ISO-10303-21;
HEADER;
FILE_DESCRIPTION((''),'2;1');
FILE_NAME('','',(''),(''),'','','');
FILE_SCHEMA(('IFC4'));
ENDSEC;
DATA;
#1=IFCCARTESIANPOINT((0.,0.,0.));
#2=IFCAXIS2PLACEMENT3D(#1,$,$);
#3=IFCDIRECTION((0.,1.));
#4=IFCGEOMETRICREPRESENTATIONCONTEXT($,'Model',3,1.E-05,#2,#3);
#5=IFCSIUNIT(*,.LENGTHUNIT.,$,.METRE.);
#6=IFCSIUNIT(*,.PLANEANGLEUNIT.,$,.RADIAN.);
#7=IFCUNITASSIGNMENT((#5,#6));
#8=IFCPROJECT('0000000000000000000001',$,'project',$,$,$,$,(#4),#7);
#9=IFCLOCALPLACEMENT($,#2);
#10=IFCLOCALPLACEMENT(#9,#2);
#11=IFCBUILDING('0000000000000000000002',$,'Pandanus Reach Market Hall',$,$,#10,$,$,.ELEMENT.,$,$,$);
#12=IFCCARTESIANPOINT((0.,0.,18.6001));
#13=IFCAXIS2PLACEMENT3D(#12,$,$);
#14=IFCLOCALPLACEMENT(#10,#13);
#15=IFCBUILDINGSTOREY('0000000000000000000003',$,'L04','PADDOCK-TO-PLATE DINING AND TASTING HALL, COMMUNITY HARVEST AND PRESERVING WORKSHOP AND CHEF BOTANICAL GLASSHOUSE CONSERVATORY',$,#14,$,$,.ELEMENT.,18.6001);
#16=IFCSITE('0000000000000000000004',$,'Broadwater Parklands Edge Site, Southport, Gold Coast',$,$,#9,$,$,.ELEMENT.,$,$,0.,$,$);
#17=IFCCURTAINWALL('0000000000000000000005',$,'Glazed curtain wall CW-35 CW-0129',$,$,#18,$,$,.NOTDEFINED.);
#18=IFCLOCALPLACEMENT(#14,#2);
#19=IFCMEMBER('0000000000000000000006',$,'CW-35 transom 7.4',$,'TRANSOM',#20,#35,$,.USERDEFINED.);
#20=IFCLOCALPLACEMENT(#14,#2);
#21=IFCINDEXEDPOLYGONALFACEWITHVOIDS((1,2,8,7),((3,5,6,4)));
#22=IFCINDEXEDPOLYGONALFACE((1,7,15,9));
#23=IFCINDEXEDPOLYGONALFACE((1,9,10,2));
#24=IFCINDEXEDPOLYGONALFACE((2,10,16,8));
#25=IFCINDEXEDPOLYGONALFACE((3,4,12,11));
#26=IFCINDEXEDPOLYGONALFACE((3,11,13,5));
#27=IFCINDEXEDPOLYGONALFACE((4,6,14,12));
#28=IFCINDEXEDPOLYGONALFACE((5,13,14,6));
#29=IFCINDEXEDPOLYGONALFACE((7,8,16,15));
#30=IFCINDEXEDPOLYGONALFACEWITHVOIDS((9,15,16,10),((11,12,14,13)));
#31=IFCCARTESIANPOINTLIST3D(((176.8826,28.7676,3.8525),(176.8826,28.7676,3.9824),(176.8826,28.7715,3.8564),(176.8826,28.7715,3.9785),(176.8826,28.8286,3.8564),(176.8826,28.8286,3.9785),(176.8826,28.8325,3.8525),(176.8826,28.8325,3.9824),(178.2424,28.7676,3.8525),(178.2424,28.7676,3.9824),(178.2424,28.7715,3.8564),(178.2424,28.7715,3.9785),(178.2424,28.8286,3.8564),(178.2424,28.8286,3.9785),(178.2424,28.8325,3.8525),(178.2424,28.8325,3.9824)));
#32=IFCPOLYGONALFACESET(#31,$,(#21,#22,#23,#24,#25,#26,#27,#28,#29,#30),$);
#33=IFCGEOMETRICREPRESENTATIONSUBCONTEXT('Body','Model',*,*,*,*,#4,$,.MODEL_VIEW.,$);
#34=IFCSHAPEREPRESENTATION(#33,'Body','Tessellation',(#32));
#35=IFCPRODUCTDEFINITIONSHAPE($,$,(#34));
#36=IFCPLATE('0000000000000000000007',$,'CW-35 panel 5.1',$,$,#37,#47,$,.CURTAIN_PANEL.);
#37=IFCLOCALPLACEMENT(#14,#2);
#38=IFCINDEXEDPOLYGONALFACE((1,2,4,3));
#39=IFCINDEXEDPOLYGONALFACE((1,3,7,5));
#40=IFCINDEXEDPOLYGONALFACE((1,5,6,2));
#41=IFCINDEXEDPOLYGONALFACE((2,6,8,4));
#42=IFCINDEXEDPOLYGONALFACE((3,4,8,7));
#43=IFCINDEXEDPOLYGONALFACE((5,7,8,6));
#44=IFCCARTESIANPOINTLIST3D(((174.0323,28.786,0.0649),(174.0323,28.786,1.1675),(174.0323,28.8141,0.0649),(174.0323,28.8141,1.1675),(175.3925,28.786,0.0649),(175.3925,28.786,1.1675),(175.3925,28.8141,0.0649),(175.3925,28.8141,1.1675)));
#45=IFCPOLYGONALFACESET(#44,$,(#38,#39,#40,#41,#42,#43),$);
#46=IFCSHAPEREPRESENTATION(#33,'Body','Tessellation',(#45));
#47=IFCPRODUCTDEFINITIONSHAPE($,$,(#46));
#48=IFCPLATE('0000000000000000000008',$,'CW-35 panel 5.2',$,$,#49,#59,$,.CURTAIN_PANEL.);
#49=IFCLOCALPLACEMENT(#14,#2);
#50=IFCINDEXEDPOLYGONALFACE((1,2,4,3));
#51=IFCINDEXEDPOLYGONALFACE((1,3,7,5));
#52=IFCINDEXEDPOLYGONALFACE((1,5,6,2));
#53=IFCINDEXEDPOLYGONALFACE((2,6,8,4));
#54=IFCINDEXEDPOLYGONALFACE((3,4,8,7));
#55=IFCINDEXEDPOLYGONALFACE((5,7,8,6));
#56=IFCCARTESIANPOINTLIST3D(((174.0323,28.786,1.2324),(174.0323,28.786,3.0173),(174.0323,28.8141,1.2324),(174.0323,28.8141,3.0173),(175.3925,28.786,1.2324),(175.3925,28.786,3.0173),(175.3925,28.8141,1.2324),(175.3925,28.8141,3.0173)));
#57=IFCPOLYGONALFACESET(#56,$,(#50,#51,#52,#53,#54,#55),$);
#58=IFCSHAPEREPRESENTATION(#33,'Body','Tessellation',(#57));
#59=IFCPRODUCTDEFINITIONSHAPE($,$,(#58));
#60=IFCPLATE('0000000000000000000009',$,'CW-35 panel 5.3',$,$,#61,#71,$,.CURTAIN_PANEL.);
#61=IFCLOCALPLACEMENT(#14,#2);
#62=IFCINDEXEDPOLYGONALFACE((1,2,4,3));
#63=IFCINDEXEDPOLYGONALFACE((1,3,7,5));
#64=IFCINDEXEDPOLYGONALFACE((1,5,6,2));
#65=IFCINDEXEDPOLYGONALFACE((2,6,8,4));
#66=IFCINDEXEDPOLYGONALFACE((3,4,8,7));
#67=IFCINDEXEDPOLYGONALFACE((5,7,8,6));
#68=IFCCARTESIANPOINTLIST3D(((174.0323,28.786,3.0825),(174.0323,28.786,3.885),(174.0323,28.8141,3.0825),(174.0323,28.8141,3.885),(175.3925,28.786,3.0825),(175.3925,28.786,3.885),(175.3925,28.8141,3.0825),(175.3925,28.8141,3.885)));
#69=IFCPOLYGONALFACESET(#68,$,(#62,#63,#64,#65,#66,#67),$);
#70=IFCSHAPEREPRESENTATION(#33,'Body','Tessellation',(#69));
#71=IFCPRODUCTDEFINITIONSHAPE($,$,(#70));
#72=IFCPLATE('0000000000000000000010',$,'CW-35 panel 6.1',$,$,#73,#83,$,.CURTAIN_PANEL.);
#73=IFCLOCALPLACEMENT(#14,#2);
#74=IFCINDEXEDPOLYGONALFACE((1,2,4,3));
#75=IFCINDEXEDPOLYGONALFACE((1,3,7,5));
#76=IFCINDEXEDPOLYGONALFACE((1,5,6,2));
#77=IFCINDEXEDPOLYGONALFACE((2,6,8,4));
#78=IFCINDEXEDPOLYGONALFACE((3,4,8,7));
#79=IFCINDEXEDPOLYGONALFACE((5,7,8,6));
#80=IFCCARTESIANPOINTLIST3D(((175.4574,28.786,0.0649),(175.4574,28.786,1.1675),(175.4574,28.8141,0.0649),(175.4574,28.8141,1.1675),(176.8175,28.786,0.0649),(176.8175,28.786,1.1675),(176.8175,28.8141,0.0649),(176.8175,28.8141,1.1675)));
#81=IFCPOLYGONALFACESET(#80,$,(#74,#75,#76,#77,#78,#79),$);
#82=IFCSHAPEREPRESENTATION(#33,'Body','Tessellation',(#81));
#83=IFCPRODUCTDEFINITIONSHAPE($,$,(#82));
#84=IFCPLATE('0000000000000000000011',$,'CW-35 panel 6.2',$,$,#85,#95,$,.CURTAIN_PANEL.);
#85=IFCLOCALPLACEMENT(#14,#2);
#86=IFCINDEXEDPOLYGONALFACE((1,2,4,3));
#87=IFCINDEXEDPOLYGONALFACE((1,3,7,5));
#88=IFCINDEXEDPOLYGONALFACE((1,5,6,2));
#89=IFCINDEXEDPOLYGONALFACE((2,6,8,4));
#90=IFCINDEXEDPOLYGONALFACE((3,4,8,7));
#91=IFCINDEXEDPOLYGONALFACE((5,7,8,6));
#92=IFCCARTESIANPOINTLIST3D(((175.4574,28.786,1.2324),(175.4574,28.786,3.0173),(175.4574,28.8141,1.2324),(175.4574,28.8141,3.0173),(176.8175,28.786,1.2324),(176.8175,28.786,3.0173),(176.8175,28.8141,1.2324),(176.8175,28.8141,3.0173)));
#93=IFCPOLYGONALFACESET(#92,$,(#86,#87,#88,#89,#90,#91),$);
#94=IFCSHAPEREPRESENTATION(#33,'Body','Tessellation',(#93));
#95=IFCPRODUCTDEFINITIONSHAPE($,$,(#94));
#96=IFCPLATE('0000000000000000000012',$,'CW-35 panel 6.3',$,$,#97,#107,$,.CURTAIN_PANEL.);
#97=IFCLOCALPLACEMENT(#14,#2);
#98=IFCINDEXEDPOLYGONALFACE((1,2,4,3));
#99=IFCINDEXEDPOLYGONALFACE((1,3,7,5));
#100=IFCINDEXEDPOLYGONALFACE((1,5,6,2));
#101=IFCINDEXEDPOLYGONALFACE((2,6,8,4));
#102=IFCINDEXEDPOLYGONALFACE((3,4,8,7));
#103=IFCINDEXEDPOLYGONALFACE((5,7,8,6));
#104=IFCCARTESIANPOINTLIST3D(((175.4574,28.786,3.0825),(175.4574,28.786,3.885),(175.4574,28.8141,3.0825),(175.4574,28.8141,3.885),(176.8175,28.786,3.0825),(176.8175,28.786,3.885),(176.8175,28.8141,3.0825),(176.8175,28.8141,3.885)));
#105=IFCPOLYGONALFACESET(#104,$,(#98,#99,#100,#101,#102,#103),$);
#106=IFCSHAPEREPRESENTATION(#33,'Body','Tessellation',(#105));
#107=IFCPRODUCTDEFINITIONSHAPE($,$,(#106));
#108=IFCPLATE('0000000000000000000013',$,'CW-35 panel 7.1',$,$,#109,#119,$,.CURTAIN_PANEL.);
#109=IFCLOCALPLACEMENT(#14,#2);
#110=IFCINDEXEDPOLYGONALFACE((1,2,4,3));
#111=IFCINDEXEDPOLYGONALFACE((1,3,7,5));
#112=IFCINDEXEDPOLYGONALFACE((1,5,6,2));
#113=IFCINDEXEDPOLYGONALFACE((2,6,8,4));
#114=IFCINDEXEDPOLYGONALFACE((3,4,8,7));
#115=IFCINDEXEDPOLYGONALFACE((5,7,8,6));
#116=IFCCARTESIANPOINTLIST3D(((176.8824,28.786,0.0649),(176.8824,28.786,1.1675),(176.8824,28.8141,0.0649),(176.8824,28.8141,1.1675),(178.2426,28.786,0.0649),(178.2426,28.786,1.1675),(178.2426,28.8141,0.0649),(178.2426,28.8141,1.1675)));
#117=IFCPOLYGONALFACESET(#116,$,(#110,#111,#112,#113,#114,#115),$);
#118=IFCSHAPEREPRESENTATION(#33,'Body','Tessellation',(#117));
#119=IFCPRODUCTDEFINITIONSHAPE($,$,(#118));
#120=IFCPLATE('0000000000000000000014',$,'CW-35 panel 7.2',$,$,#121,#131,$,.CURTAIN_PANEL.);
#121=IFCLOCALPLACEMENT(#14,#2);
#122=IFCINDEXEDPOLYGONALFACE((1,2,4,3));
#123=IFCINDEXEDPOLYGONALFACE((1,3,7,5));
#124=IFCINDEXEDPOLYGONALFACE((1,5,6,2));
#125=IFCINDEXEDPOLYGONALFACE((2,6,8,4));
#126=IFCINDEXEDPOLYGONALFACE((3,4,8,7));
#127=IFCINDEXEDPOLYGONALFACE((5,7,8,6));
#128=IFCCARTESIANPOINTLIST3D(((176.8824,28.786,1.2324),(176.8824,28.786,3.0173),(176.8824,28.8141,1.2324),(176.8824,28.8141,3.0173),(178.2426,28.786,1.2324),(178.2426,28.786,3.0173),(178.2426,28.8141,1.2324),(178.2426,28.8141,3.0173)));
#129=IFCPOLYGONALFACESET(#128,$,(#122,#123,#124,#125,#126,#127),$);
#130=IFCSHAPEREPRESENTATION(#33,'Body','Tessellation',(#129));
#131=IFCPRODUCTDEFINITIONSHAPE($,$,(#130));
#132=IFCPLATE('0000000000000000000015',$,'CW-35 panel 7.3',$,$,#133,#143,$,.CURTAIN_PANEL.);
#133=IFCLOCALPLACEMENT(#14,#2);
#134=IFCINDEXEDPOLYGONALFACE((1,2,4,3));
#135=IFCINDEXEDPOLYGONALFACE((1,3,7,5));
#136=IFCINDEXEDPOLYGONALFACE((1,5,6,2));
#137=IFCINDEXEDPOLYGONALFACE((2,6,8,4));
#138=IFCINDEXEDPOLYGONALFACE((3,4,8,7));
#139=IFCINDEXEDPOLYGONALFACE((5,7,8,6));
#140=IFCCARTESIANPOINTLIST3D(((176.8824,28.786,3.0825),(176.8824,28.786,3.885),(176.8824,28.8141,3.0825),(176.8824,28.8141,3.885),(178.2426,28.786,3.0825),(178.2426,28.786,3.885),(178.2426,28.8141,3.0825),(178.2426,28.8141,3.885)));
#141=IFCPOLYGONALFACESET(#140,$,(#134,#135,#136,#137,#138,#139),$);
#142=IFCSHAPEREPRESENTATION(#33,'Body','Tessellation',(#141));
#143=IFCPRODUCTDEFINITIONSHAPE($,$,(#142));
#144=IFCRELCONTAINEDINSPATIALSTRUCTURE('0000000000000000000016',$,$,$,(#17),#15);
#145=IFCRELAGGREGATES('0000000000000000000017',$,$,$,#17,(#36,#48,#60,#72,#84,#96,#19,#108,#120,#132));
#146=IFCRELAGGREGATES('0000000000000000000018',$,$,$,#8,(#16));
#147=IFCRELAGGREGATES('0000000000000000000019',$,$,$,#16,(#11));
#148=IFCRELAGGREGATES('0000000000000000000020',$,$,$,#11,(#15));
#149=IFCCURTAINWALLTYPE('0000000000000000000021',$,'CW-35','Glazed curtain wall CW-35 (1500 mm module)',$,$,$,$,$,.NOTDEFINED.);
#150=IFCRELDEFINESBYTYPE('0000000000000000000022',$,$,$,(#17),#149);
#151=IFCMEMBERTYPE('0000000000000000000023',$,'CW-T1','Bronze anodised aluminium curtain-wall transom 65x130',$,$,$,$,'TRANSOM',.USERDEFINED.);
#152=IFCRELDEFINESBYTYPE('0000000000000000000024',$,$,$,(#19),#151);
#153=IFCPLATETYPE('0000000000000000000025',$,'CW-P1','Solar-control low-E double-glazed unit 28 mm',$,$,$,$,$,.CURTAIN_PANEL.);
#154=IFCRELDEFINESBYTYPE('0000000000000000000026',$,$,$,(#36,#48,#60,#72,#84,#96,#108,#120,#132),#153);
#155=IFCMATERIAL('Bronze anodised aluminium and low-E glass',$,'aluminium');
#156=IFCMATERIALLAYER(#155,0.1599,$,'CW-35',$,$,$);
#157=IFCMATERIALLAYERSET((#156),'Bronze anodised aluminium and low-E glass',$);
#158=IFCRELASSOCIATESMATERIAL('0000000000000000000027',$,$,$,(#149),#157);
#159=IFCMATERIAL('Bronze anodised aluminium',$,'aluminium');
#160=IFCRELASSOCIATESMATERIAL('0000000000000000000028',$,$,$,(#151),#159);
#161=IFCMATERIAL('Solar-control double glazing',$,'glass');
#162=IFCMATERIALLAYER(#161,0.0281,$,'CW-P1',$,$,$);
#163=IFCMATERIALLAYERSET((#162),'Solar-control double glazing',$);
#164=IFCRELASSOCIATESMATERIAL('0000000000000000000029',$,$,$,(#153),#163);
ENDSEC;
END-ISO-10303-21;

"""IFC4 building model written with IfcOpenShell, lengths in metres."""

from ifc_helpers import new_model, si_unit, direction, frame, origin, origin_2d, place, context, subcontext, project, spatial, rectangle, hollow_rectangle, extrude, material, layer, layer_set, material_profile, profile_set, type_object, element, aggregate, save


model = new_model("IFC4")

# Units and contexts
model_context = context("Model", 3, precision=1e-05, world=origin(), true_north=direction((0.0, 1.0)))
body_context = subcontext(model_context, "Body", "Model", "MODEL_VIEW")
ifc_project = project(units=[si_unit("LENGTHUNIT", "METRE"), si_unit("PLANEANGLEUNIT", "RADIAN")], contexts=[model_context])

# Site, building, storey
site_placement = place(None, origin())
site = spatial("IfcSite", under=ifc_project, at=site_placement, Name="Broadwater Parklands Edge Site, Southport, Gold Coast", CompositionType="ELEMENT", RefElevation=0.0)
building_placement = place(site_placement, origin())
building = spatial("IfcBuilding", under=site, at=building_placement, Name="Pandanus Reach Market Hall", CompositionType="ELEMENT")
storey_placement = place(building_placement, frame((0.0, 0.0, 18.6001)))
storey = spatial("IfcBuildingStorey", under=building, at=storey_placement, Name="L04", Description="PADDOCK-TO-PLATE DINING AND TASTING HALL, COMMUNITY HARVEST AND PRESERVING WORKSHOP AND CHEF BOTANICAL GLASSHOUSE CONSERVATORY", CompositionType="ELEMENT", Elevation=18.6001)

# Curtain wall, member, plates
ifc_material_1 = material(Name="Bronze anodised aluminium and low-E glass", Category="aluminium")
ifc_layer_1 = layer(ifc_material_1, 0.1599, Name="CW-35")
ifc_layer_set_1 = layer_set([ifc_layer_1], Name="Bronze anodised aluminium and low-E glass")
curtain_wall_type = type_object("IfcCurtainWallType", Name="CW-35", Description="Glazed curtain wall CW-35 (1500 mm module)", PredefinedType="NOTDEFINED", material=ifc_layer_set_1)
curtain_wall_placement = place(storey_placement, origin())
curtain_wall = element("IfcCurtainWall", 1, at=curtain_wall_placement, inside=storey, type_object=curtain_wall_type, Name="Glazed curtain wall CW-35 CW-0129", PredefinedType="NOTDEFINED")
ifc_material_2 = material(Name="Bronze anodised aluminium", Category="aluminium")
ifc_material_profile_1 = material_profile(ifc_material_2, hollow_rectangle(XDim=0.0649, YDim=0.1299, WallThickness=0.0039, at=origin_2d()), Name="ALU65x130", Category="LoadBearing")
ifc_profile_set_1 = profile_set([ifc_material_profile_1], Name="Bronze anodised aluminium")
member_type_1 = type_object("IfcMemberType", Name="CW-T1", Description="Bronze anodised aluminium curtain-wall transom 65x130", ElementType="TRANSOM", PredefinedType="USERDEFINED", material=ifc_profile_set_1)
member_1_placement = place(storey_placement, frame((176.8826, 28.8, 3.9175), z_axis=(1.0, 0.0, 0.0), x_axis=(0.0, 1.0, 0.0)))
member_1 = element("IfcMember", 2, at=member_1_placement, type_object=member_type_1, Name="CW-35 transom 7.4", ObjectType="TRANSOM", PredefinedType="USERDEFINED", context=body_context, shape_type="SweptSolid", body=[
    extrude(hollow_rectangle(XDim=0.0649, YDim=0.1299, WallThickness=0.0039, at=origin_2d()), origin(), (0.0, 0.0, 1.0), 1.3599),
])
ifc_material_3 = material(Name="Solar-control double glazing", Category="glass")
ifc_layer_2 = layer(ifc_material_3, 0.0281, Name="CW-P1")
ifc_layer_set_2 = layer_set([ifc_layer_2], Name="Solar-control double glazing")
plate_type = type_object("IfcPlateType", Name="CW-P1", Description="Solar-control low-E double-glazed unit 28 mm", PredefinedType="CURTAIN_PANEL", material=ifc_layer_set_2)
plate_1_placement = place(storey_placement, frame((174.7124, 28.8, 0.0649), z_axis=(0.0, 0.0, 1.0), x_axis=(1.0, 0.0, 0.0)))
plate_1 = element("IfcPlate", 3, at=plate_1_placement, type_object=plate_type, Name="CW-35 panel 5.1", PredefinedType="CURTAIN_PANEL", context=body_context, shape_type="SweptSolid", body=[
    extrude(rectangle(XDim=1.3601, YDim=0.0281, at=origin_2d()), origin(), (0.0, 0.0, 1.0), 1.1025),
])
plate_2_placement = place(storey_placement, frame((174.7124, 28.8, 1.2324), z_axis=(0.0, 0.0, 1.0), x_axis=(1.0, 0.0, 0.0)))
plate_2 = element("IfcPlate", 4, at=plate_2_placement, type_object=plate_type, Name="CW-35 panel 5.2", PredefinedType="CURTAIN_PANEL", context=body_context, shape_type="SweptSolid", body=[
    extrude(rectangle(XDim=1.3601, YDim=0.0281, at=origin_2d()), origin(), (0.0, 0.0, 1.0), 1.7849),
])
plate_3_placement = place(storey_placement, frame((174.7124, 28.8, 3.0825), z_axis=(0.0, 0.0, 1.0), x_axis=(1.0, 0.0, 0.0)))
plate_3 = element("IfcPlate", 5, at=plate_3_placement, type_object=plate_type, Name="CW-35 panel 5.3", PredefinedType="CURTAIN_PANEL", context=body_context, shape_type="SweptSolid", body=[
    extrude(rectangle(XDim=1.3601, YDim=0.0281, at=origin_2d()), origin(), (0.0, 0.0, 1.0), 0.8025),
])
plate_4_placement = place(storey_placement, frame((176.1375, 28.8, 0.0649), z_axis=(0.0, 0.0, 1.0), x_axis=(1.0, 0.0, 0.0)))
plate_4 = element("IfcPlate", 6, at=plate_4_placement, type_object=plate_type, Name="CW-35 panel 6.1", PredefinedType="CURTAIN_PANEL", context=body_context, shape_type="SweptSolid", body=[
    extrude(rectangle(XDim=1.3601, YDim=0.0281, at=origin_2d()), origin(), (0.0, 0.0, 1.0), 1.1025),
])
plate_5_placement = place(storey_placement, frame((176.1375, 28.8, 1.2324), z_axis=(0.0, 0.0, 1.0), x_axis=(1.0, 0.0, 0.0)))
plate_5 = element("IfcPlate", 7, at=plate_5_placement, type_object=plate_type, Name="CW-35 panel 6.2", PredefinedType="CURTAIN_PANEL", context=body_context, shape_type="SweptSolid", body=[
    extrude(rectangle(XDim=1.3601, YDim=0.0281, at=origin_2d()), origin(), (0.0, 0.0, 1.0), 1.7849),
])
plate_6_placement = place(storey_placement, frame((176.1375, 28.8, 3.0825), z_axis=(0.0, 0.0, 1.0), x_axis=(1.0, 0.0, 0.0)))
plate_6 = element("IfcPlate", 8, at=plate_6_placement, type_object=plate_type, Name="CW-35 panel 6.3", PredefinedType="CURTAIN_PANEL", context=body_context, shape_type="SweptSolid", body=[
    extrude(rectangle(XDim=1.3601, YDim=0.0281, at=origin_2d()), origin(), (0.0, 0.0, 1.0), 0.8025),
])
plate_7_placement = place(storey_placement, frame((177.5625, 28.8, 0.0649), z_axis=(0.0, 0.0, 1.0), x_axis=(1.0, 0.0, 0.0)))
plate_7 = element("IfcPlate", 9, at=plate_7_placement, type_object=plate_type, Name="CW-35 panel 7.1", PredefinedType="CURTAIN_PANEL", context=body_context, shape_type="SweptSolid", body=[
    extrude(rectangle(XDim=1.3601, YDim=0.0281, at=origin_2d()), origin(), (0.0, 0.0, 1.0), 1.1025),
])
plate_8_placement = place(storey_placement, frame((177.5625, 28.8, 1.2324), z_axis=(0.0, 0.0, 1.0), x_axis=(1.0, 0.0, 0.0)))
plate_8 = element("IfcPlate", 10, at=plate_8_placement, type_object=plate_type, Name="CW-35 panel 7.2", PredefinedType="CURTAIN_PANEL", context=body_context, shape_type="SweptSolid", body=[
    extrude(rectangle(XDim=1.3601, YDim=0.0281, at=origin_2d()), origin(), (0.0, 0.0, 1.0), 1.7849),
])
plate_9_placement = place(storey_placement, frame((177.5625, 28.8, 3.0825), z_axis=(0.0, 0.0, 1.0), x_axis=(1.0, 0.0, 0.0)))
plate_9 = element("IfcPlate", 11, at=plate_9_placement, type_object=plate_type, Name="CW-35 panel 7.3", PredefinedType="CURTAIN_PANEL", context=body_context, shape_type="SweptSolid", body=[
    extrude(rectangle(XDim=1.3601, YDim=0.0281, at=origin_2d()), origin(), (0.0, 0.0, 1.0), 0.8025),
])
aggregate(curtain_wall, [plate_1, plate_2, plate_3, plate_4, plate_5, plate_6, member_1, plate_7, plate_8, plate_9])

save(model, "model.ifc")
